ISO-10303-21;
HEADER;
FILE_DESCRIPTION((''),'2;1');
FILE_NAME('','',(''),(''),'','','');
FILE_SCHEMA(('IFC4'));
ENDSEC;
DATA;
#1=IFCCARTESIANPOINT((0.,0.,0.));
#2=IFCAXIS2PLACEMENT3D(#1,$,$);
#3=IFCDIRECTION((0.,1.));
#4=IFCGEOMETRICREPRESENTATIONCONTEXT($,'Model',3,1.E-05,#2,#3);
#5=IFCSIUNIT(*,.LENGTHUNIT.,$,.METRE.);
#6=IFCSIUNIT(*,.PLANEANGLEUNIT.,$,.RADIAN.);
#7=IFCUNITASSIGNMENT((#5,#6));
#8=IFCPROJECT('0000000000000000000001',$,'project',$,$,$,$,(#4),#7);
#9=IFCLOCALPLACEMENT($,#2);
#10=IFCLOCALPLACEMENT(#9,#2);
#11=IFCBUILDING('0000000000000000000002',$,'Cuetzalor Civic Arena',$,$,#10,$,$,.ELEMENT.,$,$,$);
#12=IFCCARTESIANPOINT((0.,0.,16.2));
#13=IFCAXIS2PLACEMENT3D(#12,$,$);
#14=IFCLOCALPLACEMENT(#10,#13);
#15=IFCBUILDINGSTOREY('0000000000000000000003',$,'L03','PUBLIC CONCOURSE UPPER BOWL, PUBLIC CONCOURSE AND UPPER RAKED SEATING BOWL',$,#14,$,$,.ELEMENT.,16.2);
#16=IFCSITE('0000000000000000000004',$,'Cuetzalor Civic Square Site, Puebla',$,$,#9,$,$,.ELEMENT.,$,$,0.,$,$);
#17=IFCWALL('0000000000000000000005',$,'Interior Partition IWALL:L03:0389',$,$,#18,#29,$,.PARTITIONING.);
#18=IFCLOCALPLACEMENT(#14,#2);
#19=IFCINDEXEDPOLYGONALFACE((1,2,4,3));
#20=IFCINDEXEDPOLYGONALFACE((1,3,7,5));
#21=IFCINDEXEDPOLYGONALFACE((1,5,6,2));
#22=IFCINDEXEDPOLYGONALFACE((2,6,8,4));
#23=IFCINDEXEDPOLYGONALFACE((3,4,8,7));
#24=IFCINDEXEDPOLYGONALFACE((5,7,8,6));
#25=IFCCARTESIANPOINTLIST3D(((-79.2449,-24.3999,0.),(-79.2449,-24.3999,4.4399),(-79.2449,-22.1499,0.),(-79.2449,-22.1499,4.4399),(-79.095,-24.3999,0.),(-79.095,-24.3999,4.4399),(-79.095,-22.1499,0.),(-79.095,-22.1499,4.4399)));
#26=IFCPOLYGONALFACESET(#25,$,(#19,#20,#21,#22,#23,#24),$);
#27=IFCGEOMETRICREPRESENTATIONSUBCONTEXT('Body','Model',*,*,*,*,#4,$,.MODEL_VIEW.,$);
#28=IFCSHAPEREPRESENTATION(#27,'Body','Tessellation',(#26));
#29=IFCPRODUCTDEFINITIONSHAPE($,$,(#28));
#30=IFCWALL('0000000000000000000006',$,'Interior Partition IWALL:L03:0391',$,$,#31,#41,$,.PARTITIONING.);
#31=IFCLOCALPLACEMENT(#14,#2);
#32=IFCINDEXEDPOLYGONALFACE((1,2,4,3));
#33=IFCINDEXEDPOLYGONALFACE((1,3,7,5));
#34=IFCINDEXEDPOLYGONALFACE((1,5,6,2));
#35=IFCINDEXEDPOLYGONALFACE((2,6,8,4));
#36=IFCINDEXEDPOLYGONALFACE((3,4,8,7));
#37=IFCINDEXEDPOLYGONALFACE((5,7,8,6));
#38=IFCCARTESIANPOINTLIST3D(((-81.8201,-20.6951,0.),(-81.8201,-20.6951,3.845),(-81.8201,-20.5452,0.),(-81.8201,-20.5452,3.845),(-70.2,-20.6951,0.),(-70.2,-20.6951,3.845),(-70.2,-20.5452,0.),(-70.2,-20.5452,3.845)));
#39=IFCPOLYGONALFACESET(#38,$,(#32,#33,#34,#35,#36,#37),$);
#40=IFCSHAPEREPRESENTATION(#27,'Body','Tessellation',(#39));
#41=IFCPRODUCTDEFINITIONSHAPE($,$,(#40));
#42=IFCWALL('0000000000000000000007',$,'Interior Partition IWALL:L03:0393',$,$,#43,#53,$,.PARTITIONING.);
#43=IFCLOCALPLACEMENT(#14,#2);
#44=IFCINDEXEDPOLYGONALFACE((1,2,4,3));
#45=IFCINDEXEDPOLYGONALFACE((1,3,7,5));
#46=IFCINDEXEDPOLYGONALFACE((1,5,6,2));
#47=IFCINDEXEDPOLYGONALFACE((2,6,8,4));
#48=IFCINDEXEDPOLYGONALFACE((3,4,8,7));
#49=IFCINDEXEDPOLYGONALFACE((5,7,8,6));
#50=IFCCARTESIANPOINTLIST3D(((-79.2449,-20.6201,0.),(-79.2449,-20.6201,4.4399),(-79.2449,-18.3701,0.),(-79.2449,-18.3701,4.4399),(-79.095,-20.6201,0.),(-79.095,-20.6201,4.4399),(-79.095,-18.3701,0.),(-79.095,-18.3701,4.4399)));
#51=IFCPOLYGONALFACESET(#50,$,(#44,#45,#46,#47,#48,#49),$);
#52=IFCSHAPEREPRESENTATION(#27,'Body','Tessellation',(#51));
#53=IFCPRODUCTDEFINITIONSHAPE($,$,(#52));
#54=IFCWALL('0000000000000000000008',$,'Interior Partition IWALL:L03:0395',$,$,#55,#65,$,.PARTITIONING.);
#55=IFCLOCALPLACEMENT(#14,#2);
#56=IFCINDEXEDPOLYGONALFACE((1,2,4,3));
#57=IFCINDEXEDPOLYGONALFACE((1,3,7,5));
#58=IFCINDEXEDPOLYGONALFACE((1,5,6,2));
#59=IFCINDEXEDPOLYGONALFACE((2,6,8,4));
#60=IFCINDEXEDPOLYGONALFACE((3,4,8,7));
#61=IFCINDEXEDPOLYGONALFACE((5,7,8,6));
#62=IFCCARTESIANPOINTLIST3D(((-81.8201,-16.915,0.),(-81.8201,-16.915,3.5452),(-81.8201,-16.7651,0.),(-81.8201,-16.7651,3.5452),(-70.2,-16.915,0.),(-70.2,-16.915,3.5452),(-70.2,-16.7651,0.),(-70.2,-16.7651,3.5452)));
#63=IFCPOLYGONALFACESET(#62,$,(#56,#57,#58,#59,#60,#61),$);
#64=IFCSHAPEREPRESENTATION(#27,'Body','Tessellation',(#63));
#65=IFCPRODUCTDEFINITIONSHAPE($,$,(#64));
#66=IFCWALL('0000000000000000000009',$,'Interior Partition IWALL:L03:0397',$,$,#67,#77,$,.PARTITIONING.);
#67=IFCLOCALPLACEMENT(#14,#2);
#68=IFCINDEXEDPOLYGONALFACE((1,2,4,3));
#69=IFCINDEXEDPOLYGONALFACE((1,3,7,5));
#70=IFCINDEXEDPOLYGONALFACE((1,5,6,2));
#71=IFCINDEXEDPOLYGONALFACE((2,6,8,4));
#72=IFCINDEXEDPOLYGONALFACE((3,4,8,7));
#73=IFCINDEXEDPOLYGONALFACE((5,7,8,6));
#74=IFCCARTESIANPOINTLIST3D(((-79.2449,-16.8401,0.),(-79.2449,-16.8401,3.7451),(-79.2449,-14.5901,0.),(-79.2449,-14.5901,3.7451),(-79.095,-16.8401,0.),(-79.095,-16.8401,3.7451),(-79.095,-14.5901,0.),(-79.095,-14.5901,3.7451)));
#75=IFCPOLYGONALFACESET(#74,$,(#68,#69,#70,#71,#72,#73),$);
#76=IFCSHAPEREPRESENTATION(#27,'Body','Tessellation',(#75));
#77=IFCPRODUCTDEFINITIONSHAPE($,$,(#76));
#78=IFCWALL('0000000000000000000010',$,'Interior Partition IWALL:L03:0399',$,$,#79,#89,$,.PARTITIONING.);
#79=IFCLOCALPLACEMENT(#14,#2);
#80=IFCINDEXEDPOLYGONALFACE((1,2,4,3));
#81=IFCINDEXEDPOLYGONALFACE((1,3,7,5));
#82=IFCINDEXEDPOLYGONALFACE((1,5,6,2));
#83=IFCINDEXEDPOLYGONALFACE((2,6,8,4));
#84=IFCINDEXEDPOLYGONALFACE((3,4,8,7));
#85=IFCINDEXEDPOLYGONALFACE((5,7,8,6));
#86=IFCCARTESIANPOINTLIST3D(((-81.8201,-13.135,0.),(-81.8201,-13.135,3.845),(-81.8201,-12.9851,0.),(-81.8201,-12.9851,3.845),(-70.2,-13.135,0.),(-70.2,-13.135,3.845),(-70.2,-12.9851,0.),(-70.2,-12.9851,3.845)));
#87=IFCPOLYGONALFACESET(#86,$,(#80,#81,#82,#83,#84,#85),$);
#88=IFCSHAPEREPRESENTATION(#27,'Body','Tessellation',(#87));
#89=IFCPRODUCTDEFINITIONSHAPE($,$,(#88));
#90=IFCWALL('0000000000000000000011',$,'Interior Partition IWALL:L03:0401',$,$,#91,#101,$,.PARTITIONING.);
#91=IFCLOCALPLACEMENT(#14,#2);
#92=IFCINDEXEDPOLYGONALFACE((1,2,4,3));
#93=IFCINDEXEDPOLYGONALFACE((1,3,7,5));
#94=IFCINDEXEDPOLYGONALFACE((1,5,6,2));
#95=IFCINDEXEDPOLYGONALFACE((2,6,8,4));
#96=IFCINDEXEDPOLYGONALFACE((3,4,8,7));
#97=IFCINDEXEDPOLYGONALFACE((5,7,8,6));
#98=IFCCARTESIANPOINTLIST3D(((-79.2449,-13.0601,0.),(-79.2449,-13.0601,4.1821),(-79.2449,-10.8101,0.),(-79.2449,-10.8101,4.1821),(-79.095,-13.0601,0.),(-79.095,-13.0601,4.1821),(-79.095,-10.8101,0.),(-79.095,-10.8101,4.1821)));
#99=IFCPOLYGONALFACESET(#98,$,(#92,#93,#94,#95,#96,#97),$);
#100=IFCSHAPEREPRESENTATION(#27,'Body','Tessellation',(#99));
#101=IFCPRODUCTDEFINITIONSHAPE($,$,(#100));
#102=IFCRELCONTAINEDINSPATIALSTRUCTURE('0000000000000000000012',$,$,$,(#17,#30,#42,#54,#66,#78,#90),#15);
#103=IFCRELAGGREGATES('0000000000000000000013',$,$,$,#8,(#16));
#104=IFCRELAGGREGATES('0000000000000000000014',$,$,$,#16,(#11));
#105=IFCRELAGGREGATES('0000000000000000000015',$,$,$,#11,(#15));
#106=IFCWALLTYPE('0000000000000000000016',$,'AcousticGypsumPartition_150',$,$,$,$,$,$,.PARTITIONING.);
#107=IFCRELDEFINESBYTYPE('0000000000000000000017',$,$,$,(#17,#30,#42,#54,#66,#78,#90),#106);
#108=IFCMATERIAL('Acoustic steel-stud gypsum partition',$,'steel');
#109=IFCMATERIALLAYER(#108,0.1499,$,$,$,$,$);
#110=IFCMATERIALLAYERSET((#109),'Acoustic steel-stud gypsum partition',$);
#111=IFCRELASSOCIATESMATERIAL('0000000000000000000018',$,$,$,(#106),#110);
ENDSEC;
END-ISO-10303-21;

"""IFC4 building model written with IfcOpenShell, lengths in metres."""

from ifc_helpers import new_model, si_unit, direction, frame, frame_2d, origin, place, context, subcontext, project, spatial, rectangle, extrude, material, layer, layer_set, type_object, element, save


model = new_model("IFC4")

# Units and contexts
model_context = context("Model", 3, precision=1e-05, world=origin(), true_north=direction((0.0, 1.0)))
body_context = subcontext(model_context, "Body", "Model", "MODEL_VIEW")
ifc_project = project(units=[si_unit("LENGTHUNIT", "METRE"), si_unit("PLANEANGLEUNIT", "RADIAN")], contexts=[model_context])

# Site, building, storey
site_placement = place(None, origin())
site = spatial("IfcSite", under=ifc_project, at=site_placement, Name="Cuetzalor Civic Square Site, Puebla", CompositionType="ELEMENT", RefElevation=0.0)
building_placement = place(site_placement, origin())
building = spatial("IfcBuilding", under=site, at=building_placement, Name="Cuetzalor Civic Arena", CompositionType="ELEMENT")
storey_placement = place(building_placement, frame((0.0, 0.0, 16.2)))
storey = spatial("IfcBuildingStorey", under=building, at=storey_placement, Name="L03", Description="PUBLIC CONCOURSE UPPER BOWL, PUBLIC CONCOURSE AND UPPER RAKED SEATING BOWL", CompositionType="ELEMENT", Elevation=16.2)

# Shared definitions
ifc_material_1 = material(Name="Acoustic steel-stud gypsum partition", Category="steel")
ifc_layer = layer(ifc_material_1, 0.1499)
ifc_layer_set = layer_set([ifc_layer], Name="Acoustic steel-stud gypsum partition")
wall_type = type_object("IfcWallType", Name="AcousticGypsumPartition_150", PredefinedType="PARTITIONING", material=ifc_layer_set)

# Walls
wall_1_placement = place(storey_placement, frame((-79.1699, -22.1499, 0.0), z_axis=(0.0, 0.0, 1.0), x_axis=(0.0, -1.0, 0.0)))
element("IfcWall", 1, at=wall_1_placement, inside=storey, type_object=wall_type, Name="Interior Partition IWALL:L03:0389", PredefinedType="PARTITIONING", context=body_context, shape_type="SweptSolid", body=[
    extrude(rectangle(XDim=2.25, YDim=0.1499, at=frame_2d((1.125, 0.0))), origin(), (0.0, 0.0, 1.0), 4.4399),
])
wall_2_placement = place(storey_placement, frame((-81.8201, -20.6201, 0.0), z_axis=(0.0, 0.0, 1.0), x_axis=(1.0, 0.0, 0.0)))
element("IfcWall", 2, at=wall_2_placement, inside=storey, type_object=wall_type, Name="Interior Partition IWALL:L03:0391", PredefinedType="PARTITIONING", context=body_context, shape_type="SweptSolid", body=[
    extrude(rectangle(XDim=11.6201, YDim=0.1499, at=frame_2d((5.8101, 0.0))), origin(), (0.0, 0.0, 1.0), 3.845),
])

# Walls
wall_3_placement = place(storey_placement, frame((-79.1699, -18.3701, 0.0), z_axis=(0.0, 0.0, 1.0), x_axis=(0.0, -1.0, 0.0)))
element("IfcWall", 3, at=wall_3_placement, inside=storey, type_object=wall_type, Name="Interior Partition IWALL:L03:0393", PredefinedType="PARTITIONING", context=body_context, shape_type="SweptSolid", body=[
    extrude(rectangle(XDim=2.25, YDim=0.1499, at=frame_2d((1.125, 0.0))), origin(), (0.0, 0.0, 1.0), 4.4399),
])
wall_4_placement = place(storey_placement, frame((-81.8201, -16.8401, 0.0), z_axis=(0.0, 0.0, 1.0), x_axis=(1.0, 0.0, 0.0)))
element("IfcWall", 4, at=wall_4_placement, inside=storey, type_object=wall_type, Name="Interior Partition IWALL:L03:0395", PredefinedType="PARTITIONING", context=body_context, shape_type="SweptSolid", body=[
    extrude(rectangle(XDim=11.6201, YDim=0.1499, at=frame_2d((5.8101, 0.0))), origin(), (0.0, 0.0, 1.0), 3.5452),
])

# Walls
wall_5_placement = place(storey_placement, frame((-79.1699, -14.5901, 0.0), z_axis=(0.0, 0.0, 1.0), x_axis=(0.0, -1.0, 0.0)))
element("IfcWall", 5, at=wall_5_placement, inside=storey, type_object=wall_type, Name="Interior Partition IWALL:L03:0397", PredefinedType="PARTITIONING", context=body_context, shape_type="SweptSolid", body=[
    extrude(rectangle(XDim=2.25, YDim=0.1499, at=frame_2d((1.125, 0.0))), origin(), (0.0, 0.0, 1.0), 3.7451),
])
wall_6_placement = place(storey_placement, frame((-81.8201, -13.0601, 0.0), z_axis=(0.0, 0.0, 1.0), x_axis=(1.0, 0.0, 0.0)))
element("IfcWall", 6, at=wall_6_placement, inside=storey, type_object=wall_type, Name="Interior Partition IWALL:L03:0399", PredefinedType="PARTITIONING", context=body_context, shape_type="SweptSolid", body=[
    extrude(rectangle(XDim=11.6201, YDim=0.1499, at=frame_2d((5.8101, 0.0))), origin(), (0.0, 0.0, 1.0), 3.845),
])

# Wall
wall_7_placement = place(storey_placement, frame((-79.1699, -10.8101, 0.0), z_axis=(0.0, 0.0, 1.0), x_axis=(0.0, -1.0, 0.0)))
element("IfcWall", 7, at=wall_7_placement, inside=storey, type_object=wall_type, Name="Interior Partition IWALL:L03:0401", PredefinedType="PARTITIONING", context=body_context, shape_type="SweptSolid", body=[
    extrude(rectangle(XDim=2.25, YDim=0.1499, at=frame_2d((1.125, 0.0))), origin(), (0.0, 0.0, 1.0), 4.1821),
])

save(model, "model.ifc")
